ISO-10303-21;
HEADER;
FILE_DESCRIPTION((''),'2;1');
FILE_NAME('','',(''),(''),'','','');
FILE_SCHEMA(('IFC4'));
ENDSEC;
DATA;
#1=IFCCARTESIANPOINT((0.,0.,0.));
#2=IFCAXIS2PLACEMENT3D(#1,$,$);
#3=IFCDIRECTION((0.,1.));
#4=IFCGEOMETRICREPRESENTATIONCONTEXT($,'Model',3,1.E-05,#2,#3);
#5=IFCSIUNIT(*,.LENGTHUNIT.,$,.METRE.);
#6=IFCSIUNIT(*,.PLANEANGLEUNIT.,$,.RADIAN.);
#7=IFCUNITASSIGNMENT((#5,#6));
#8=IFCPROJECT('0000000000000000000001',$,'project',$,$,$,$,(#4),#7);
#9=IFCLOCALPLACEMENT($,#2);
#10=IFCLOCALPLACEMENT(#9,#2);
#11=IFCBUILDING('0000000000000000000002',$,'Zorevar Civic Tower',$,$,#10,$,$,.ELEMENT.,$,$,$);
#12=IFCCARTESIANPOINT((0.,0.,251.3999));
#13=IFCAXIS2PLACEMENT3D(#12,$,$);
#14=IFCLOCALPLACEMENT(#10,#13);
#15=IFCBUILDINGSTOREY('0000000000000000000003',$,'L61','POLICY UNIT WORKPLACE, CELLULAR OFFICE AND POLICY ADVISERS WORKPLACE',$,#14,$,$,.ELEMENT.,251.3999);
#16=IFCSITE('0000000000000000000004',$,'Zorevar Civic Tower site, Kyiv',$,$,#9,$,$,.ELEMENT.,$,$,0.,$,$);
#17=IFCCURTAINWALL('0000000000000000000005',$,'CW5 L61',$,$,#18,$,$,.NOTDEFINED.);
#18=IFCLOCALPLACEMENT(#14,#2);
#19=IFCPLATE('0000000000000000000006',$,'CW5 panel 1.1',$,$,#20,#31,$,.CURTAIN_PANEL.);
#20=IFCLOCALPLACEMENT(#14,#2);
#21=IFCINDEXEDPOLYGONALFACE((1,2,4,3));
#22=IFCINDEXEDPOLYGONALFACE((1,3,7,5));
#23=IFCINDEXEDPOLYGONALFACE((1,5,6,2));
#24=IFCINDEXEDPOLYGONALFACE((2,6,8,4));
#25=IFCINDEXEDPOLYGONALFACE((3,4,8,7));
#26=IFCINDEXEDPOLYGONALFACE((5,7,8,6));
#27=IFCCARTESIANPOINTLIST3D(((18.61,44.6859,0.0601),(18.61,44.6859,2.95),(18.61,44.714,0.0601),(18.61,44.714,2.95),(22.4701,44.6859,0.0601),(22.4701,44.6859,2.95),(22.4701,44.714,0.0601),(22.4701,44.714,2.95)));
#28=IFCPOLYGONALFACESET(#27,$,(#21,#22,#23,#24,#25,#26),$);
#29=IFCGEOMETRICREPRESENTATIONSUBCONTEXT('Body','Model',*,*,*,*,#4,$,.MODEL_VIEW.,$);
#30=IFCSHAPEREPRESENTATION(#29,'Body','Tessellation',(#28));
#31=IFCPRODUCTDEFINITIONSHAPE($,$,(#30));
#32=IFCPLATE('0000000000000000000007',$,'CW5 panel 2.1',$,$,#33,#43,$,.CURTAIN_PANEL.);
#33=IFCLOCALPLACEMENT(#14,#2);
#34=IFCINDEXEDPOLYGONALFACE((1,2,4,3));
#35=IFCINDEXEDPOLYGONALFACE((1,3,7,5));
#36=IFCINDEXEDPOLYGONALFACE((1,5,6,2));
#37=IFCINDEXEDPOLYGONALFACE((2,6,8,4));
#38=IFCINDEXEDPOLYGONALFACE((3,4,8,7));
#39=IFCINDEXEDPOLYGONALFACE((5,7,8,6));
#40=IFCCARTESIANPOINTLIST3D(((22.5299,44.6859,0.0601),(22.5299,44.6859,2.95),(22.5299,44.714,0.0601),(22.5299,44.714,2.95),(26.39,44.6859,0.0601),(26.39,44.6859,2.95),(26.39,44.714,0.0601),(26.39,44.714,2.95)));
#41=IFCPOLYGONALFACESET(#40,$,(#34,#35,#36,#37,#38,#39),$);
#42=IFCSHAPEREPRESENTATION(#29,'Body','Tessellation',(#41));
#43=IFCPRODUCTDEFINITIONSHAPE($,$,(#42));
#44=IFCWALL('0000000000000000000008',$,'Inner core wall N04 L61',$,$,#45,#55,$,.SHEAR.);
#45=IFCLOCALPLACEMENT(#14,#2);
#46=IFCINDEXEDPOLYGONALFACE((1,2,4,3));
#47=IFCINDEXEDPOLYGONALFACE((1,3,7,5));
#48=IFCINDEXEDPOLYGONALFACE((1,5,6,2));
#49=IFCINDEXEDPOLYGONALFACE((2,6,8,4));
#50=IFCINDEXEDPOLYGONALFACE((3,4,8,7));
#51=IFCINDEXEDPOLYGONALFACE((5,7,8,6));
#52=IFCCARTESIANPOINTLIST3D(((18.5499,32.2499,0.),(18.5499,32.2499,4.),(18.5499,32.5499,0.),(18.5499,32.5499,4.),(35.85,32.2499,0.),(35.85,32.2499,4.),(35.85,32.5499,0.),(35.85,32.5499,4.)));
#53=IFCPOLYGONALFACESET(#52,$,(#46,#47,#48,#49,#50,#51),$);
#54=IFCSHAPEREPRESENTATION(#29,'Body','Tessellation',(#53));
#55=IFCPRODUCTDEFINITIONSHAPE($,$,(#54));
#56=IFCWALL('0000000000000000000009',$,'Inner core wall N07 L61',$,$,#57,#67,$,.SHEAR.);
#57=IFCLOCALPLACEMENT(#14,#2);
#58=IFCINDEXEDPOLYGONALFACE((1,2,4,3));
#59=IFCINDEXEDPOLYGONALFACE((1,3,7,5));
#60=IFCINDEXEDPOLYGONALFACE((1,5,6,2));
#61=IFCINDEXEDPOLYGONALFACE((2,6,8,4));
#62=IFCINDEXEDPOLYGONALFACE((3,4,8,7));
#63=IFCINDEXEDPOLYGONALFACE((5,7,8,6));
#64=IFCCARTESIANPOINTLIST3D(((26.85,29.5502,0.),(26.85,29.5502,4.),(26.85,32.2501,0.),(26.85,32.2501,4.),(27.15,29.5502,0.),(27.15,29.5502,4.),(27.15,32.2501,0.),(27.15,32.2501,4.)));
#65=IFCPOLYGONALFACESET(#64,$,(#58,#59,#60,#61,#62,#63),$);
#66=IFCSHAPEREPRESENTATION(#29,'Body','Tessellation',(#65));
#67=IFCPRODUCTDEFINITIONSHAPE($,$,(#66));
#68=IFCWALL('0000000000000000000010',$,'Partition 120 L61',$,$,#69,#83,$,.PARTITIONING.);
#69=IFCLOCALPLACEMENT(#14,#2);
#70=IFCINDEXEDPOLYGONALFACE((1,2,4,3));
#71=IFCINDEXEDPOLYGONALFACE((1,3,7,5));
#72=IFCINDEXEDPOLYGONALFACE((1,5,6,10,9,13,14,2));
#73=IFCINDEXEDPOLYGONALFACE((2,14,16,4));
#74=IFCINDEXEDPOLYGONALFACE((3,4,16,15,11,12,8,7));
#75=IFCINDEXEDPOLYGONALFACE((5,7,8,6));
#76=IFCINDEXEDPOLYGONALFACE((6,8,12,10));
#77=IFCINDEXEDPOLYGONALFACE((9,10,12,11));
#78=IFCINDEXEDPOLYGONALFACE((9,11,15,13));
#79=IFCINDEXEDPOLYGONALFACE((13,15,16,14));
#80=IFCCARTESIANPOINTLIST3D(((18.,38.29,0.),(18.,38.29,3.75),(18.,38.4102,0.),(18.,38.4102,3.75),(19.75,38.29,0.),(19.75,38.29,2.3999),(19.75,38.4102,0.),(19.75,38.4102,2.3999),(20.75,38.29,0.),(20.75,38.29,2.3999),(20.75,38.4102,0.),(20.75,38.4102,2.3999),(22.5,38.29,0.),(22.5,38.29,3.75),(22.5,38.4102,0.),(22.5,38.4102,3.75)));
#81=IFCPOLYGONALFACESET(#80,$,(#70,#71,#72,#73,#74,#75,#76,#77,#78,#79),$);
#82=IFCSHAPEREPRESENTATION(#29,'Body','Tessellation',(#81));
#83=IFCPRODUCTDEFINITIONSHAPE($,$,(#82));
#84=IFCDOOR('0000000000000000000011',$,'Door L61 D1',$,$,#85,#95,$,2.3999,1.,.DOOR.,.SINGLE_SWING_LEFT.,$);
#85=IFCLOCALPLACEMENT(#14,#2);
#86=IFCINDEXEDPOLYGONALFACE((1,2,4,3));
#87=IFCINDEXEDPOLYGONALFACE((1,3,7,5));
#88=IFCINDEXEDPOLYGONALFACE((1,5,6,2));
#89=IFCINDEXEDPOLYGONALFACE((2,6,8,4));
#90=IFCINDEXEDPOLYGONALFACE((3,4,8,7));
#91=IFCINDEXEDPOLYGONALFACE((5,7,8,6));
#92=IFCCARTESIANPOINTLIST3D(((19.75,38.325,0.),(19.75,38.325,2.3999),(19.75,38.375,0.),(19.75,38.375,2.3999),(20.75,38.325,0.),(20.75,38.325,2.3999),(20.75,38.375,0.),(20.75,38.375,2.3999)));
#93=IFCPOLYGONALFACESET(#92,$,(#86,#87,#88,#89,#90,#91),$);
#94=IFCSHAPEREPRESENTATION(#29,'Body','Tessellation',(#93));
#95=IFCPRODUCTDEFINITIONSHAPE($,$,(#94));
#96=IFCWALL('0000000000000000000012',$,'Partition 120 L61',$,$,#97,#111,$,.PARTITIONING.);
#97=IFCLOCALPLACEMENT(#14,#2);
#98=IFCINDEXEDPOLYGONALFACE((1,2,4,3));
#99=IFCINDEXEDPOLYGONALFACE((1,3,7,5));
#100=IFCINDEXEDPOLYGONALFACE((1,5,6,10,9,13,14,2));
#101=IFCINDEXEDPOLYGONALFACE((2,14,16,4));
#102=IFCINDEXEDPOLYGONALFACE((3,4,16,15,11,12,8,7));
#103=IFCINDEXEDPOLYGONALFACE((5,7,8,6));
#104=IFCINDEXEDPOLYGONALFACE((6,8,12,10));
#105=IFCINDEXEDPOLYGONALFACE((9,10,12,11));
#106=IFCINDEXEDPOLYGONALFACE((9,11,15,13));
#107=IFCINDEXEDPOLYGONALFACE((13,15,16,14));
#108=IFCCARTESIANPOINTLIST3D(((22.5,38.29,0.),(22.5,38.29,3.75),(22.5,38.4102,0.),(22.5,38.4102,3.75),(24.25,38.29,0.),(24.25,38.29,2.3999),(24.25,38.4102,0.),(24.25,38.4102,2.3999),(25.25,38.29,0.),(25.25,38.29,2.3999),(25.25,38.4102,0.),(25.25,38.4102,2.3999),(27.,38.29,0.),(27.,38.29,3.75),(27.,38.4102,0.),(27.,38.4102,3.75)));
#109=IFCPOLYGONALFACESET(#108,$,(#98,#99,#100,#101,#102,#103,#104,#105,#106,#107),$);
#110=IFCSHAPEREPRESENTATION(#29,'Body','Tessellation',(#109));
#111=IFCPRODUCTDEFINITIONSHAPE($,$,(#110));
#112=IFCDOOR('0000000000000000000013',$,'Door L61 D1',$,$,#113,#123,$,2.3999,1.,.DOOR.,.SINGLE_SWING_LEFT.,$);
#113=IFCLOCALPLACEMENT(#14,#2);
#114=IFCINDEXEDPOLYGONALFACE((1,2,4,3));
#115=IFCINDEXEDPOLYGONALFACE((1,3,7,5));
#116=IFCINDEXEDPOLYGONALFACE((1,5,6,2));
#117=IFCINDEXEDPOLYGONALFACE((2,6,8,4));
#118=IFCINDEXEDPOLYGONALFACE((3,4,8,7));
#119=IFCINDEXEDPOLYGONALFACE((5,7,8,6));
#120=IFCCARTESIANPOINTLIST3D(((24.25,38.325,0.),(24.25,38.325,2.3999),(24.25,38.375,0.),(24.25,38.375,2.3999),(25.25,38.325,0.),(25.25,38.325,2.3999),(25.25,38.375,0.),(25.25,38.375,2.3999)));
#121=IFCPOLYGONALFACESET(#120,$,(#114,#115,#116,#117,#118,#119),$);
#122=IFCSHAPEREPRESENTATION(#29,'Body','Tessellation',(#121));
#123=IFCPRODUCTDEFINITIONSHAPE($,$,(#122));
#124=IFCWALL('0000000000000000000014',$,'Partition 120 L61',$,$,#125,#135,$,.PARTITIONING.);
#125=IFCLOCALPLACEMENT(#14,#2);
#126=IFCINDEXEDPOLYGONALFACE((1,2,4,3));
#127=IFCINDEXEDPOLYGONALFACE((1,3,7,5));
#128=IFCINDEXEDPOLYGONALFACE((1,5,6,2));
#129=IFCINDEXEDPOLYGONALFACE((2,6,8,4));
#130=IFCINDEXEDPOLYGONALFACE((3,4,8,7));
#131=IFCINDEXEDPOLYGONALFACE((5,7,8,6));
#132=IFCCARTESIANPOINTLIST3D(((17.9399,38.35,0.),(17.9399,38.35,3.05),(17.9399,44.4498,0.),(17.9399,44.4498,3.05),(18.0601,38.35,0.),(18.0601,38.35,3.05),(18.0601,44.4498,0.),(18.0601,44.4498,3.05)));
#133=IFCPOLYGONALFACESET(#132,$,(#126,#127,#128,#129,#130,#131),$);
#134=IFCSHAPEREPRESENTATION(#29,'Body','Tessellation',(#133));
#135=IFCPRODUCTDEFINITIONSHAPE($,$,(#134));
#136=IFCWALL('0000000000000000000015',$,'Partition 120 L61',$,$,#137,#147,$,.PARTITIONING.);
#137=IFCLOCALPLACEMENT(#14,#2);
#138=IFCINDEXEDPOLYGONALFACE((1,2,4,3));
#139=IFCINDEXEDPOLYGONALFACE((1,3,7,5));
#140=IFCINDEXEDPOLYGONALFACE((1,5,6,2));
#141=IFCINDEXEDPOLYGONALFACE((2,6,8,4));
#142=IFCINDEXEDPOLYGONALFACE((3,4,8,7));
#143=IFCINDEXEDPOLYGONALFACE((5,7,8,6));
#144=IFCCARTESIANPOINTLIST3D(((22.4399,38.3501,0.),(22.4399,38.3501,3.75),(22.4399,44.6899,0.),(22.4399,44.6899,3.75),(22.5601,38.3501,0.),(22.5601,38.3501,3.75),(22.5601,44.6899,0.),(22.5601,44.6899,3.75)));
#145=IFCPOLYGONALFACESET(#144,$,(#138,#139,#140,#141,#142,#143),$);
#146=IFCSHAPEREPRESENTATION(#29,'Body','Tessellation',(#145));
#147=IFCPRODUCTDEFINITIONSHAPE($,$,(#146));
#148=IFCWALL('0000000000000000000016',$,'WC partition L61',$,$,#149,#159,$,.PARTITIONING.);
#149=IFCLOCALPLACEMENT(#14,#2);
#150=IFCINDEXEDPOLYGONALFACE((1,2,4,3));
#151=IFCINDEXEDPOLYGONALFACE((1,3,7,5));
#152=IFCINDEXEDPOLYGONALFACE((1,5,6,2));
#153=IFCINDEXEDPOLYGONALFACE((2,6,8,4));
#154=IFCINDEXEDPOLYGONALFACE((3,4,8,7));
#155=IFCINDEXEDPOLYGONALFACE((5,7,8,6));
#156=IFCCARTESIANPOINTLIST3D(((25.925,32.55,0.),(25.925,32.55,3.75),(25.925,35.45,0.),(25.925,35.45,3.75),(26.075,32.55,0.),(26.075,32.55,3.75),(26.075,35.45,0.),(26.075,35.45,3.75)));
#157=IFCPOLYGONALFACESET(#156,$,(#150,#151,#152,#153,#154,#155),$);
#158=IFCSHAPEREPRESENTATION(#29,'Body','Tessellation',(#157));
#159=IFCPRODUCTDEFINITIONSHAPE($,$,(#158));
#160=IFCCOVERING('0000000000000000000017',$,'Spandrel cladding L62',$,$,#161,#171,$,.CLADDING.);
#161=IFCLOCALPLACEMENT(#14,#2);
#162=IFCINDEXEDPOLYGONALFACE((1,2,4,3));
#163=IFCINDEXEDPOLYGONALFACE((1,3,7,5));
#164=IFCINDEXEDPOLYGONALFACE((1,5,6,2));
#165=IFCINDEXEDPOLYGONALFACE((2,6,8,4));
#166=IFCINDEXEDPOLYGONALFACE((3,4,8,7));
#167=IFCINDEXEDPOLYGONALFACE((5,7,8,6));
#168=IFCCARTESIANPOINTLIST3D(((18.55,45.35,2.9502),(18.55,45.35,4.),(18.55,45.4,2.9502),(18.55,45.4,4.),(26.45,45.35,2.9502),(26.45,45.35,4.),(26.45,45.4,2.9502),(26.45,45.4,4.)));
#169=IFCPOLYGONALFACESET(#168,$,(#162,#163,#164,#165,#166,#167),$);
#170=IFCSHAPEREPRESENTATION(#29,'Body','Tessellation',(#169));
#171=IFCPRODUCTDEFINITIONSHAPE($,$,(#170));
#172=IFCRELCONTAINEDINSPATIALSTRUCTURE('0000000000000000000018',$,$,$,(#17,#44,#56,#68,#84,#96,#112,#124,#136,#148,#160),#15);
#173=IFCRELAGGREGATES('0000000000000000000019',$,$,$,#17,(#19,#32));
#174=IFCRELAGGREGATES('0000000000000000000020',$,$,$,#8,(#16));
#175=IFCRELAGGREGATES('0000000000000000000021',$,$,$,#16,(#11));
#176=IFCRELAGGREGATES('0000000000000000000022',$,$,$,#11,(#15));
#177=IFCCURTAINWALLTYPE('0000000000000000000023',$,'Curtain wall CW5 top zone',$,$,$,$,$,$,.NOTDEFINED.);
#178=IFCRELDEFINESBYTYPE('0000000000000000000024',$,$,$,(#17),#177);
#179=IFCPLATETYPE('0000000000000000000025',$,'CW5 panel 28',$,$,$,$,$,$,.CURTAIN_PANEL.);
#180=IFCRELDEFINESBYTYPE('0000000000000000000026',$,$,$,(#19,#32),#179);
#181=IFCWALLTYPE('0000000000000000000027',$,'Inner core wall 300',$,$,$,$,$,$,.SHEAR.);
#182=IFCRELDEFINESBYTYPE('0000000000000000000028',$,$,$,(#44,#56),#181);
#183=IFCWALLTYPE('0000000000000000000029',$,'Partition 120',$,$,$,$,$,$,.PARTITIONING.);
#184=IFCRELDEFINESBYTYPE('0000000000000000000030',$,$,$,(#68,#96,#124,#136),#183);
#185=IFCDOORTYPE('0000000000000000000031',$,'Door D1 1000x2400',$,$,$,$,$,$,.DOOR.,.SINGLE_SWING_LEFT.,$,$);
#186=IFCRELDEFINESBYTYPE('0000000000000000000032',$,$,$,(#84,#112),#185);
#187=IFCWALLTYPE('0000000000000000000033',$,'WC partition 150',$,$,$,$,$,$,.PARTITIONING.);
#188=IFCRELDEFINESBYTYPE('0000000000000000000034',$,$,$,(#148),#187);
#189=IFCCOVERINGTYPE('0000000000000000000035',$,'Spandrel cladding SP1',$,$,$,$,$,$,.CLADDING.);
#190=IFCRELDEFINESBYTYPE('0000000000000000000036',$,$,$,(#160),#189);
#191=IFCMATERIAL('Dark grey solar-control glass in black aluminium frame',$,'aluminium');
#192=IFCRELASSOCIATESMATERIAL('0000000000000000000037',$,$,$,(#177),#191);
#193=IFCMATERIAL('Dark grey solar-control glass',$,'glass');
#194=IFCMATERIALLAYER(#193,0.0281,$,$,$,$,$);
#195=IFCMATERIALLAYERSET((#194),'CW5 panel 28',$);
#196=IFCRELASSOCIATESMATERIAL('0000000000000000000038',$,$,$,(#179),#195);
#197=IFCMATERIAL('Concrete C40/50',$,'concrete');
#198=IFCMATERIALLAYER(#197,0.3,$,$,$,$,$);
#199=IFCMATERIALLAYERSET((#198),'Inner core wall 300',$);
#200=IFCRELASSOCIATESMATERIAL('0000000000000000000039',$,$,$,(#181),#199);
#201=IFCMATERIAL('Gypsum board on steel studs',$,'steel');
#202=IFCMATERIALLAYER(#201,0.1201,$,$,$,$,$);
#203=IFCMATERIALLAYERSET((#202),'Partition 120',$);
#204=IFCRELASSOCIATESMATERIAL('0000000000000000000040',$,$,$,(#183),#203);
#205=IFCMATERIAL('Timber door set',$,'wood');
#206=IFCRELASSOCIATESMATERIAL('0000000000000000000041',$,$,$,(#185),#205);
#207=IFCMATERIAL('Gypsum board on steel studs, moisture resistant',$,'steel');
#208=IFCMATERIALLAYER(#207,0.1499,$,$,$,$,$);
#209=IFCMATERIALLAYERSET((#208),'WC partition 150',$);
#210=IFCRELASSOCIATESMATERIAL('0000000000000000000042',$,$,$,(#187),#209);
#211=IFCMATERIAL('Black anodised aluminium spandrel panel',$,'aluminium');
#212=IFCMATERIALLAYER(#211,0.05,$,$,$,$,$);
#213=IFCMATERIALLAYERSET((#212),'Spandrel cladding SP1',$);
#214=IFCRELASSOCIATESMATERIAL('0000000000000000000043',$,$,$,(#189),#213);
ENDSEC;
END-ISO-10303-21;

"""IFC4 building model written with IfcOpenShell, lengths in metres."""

from ifc_helpers import new_model, si_unit, direction, frame, frame_2d, origin, origin_2d, place, context, subcontext, project, spatial, rectangle, extrude, material, layer, layer_set, type_object, element, fill, aggregate, save


model = new_model("IFC4")

# Units and contexts
model_context = context("Model", 3, precision=1e-05, world=origin(), true_north=direction((0.0, 1.0)))
body_context = subcontext(model_context, "Body", "Model", "MODEL_VIEW")
ifc_project = project(units=[si_unit("LENGTHUNIT", "METRE"), si_unit("PLANEANGLEUNIT", "RADIAN")], contexts=[model_context])

# Site, building, storey
site_placement = place(None, origin())
site = spatial("IfcSite", under=ifc_project, at=site_placement, Name="Zorevar Civic Tower site, Kyiv", CompositionType="ELEMENT", RefElevation=0.0)
building_placement = place(site_placement, origin())
building = spatial("IfcBuilding", under=site, at=building_placement, Name="Zorevar Civic Tower", CompositionType="ELEMENT")
storey_placement = place(building_placement, frame((0.0, 0.0, 251.3999)))
storey = spatial("IfcBuildingStorey", under=building, at=storey_placement, Name="L61", Description="POLICY UNIT WORKPLACE, CELLULAR OFFICE AND POLICY ADVISERS WORKPLACE", CompositionType="ELEMENT", Elevation=251.3999)

# Curtain wall
ifc_material_1 = material(Name="Dark grey solar-control glass in black aluminium frame", Category="aluminium")
curtain_wall_type = type_object("IfcCurtainWallType", Name="Curtain wall CW5 top zone", PredefinedType="NOTDEFINED", material=ifc_material_1)
curtain_wall_placement = place(storey_placement, origin())
curtain_wall = element("IfcCurtainWall", 1, at=curtain_wall_placement, inside=storey, type_object=curtain_wall_type, Name="CW5 L61", PredefinedType="NOTDEFINED")

# Plates
ifc_material_2 = material(Name="Dark grey solar-control glass", Category="glass")
ifc_layer_1 = layer(ifc_material_2, 0.0281)
ifc_layer_set_1 = layer_set([ifc_layer_1], Name="CW5 panel 28")
plate_type = type_object("IfcPlateType", Name="CW5 panel 28", PredefinedType="CURTAIN_PANEL", material=ifc_layer_set_1)
plate_1_placement = place(storey_placement, frame((20.54, 44.7, 0.0601), z_axis=(0.0, 0.0, 1.0), x_axis=(1.0, 0.0, 0.0)))
plate_1 = element("IfcPlate", 2, at=plate_1_placement, type_object=plate_type, Name="CW5 panel 1.1", PredefinedType="CURTAIN_PANEL", context=body_context, shape_type="SweptSolid", body=[
    extrude(rectangle(XDim=3.8601, YDim=0.0281, at=origin_2d()), origin(), (0.0, 0.0, 1.0), 2.8899),
])
plate_2_placement = place(storey_placement, frame((24.46, 44.7, 0.0601), z_axis=(0.0, 0.0, 1.0), x_axis=(1.0, 0.0, 0.0)))
plate_2 = element("IfcPlate", 3, at=plate_2_placement, type_object=plate_type, Name="CW5 panel 2.1", PredefinedType="CURTAIN_PANEL", context=body_context, shape_type="SweptSolid", body=[
    extrude(rectangle(XDim=3.8601, YDim=0.0281, at=origin_2d()), origin(), (0.0, 0.0, 1.0), 2.8899),
])
aggregate(curtain_wall, [plate_1, plate_2])

# Walls
ifc_material_3 = material(Name="Concrete C40/50", Category="concrete")
ifc_layer_2 = layer(ifc_material_3, 0.3)
ifc_layer_set_2 = layer_set([ifc_layer_2], Name="Inner core wall 300")
wall_type_1 = type_object("IfcWallType", Name="Inner core wall 300", PredefinedType="SHEAR", material=ifc_layer_set_2)
wall_1_placement = place(storey_placement, frame((18.55, 32.3999, 0.0), z_axis=(0.0, 0.0, 1.0), x_axis=(1.0, 0.0, 0.0)))
element("IfcWall", 4, at=wall_1_placement, inside=storey, type_object=wall_type_1, Name="Inner core wall N04 L61", PredefinedType="SHEAR", context=body_context, shape_type="SweptSolid", body=[
    extrude(rectangle(XDim=17.3, YDim=0.3, at=frame_2d((8.6499, 0.0))), origin(), (0.0, 0.0, 1.0), 4.0),
])
wall_2_placement = place(storey_placement, frame((27.0, 29.55, 0.0), z_axis=(0.0, 0.0, 1.0), x_axis=(0.0, 1.0, 0.0)))
element("IfcWall", 5, at=wall_2_placement, inside=storey, type_object=wall_type_1, Name="Inner core wall N07 L61", PredefinedType="SHEAR", context=body_context, shape_type="SweptSolid", body=[
    extrude(rectangle(XDim=2.7, YDim=0.3, at=frame_2d((1.3501, 0.0))), origin(), (0.0, 0.0, 1.0), 4.0),
])

# Walls, openings, doors
ifc_material_4 = material(Name="Gypsum board on steel studs", Category="steel")
ifc_layer_3 = layer(ifc_material_4, 0.1201)
ifc_layer_set_3 = layer_set([ifc_layer_3], Name="Partition 120")
wall_type_2 = type_object("IfcWallType", Name="Partition 120", PredefinedType="PARTITIONING", material=ifc_layer_set_3)
wall_3_placement = place(storey_placement, frame((18.0, 38.3501, 0.0), z_axis=(0.0, 0.0, 1.0), x_axis=(1.0, 0.0, 0.0)))
wall_3 = element("IfcWall", 6, at=wall_3_placement, inside=storey, type_object=wall_type_2, Name="Partition 120 L61", PredefinedType="PARTITIONING", context=body_context, shape_type="SweptSolid", body=[
    extrude(rectangle(XDim=4.5, YDim=0.1201, at=frame_2d((2.25, 0.0))), origin(), (0.0, 0.0, 1.0), 3.75),
])
opening_1_placement = place(wall_3_placement, frame((1.75, 0.0, 0.0)))
opening_1 = element("IfcOpeningElement", 7, at=opening_1_placement, cuts=wall_3, PredefinedType="OPENING", context=body_context, shape_type="SweptSolid", body=[
    extrude(rectangle(XDim=1.0, YDim=2.3999, at=frame_2d((0.5, 1.2))), frame((0.0, 0.0701, 0.0), z_axis=(0.0, -1.0, 0.0), x_axis=(1.0, 0.0, 0.0)), (0.0, 0.0, 1.0), 0.1401),
])
ifc_material_5 = material(Name="Timber door set", Category="wood")
door_type = type_object("IfcDoorType", Name="Door D1 1000x2400", OperationType="SINGLE_SWING_LEFT", PredefinedType="DOOR", material=ifc_material_5)
door_1_placement = place(opening_1_placement, origin())
door_1 = element("IfcDoor", 8, at=door_1_placement, inside=storey, type_object=door_type, Name="Door L61 D1", OperationType="SINGLE_SWING_LEFT", OverallHeight=2.3999, OverallWidth=1.0, PredefinedType="DOOR", context=body_context, shape_type="SweptSolid", body=[
    extrude(rectangle(XDim=1.0, YDim=2.3999, at=frame_2d((0.5, 1.2))), frame((0.0, 0.0249, 0.0), z_axis=(0.0, -1.0, 0.0), x_axis=(1.0, 0.0, 0.0)), (0.0, 0.0, 1.0), 0.05),
])
fill(opening_1, door_1)
wall_4_placement = place(storey_placement, frame((22.5, 38.3501, 0.0), z_axis=(0.0, 0.0, 1.0), x_axis=(1.0, 0.0, 0.0)))
wall_4 = element("IfcWall", 9, at=wall_4_placement, inside=storey, type_object=wall_type_2, Name="Partition 120 L61", PredefinedType="PARTITIONING", context=body_context, shape_type="SweptSolid", body=[
    extrude(rectangle(XDim=4.5, YDim=0.1201, at=frame_2d((2.25, 0.0))), origin(), (0.0, 0.0, 1.0), 3.75),
])
opening_2_placement = place(wall_4_placement, frame((1.75, 0.0, 0.0)))
opening_2 = element("IfcOpeningElement", 10, at=opening_2_placement, cuts=wall_4, PredefinedType="OPENING", context=body_context, shape_type="SweptSolid", body=[
    extrude(rectangle(XDim=1.0, YDim=2.3999, at=frame_2d((0.5, 1.2))), frame((0.0, 0.0701, 0.0), z_axis=(0.0, -1.0, 0.0), x_axis=(1.0, 0.0, 0.0)), (0.0, 0.0, 1.0), 0.1401),
])
door_2_placement = place(opening_2_placement, origin())
door_2 = element("IfcDoor", 11, at=door_2_placement, inside=storey, type_object=door_type, Name="Door L61 D1", OperationType="SINGLE_SWING_LEFT", OverallHeight=2.3999, OverallWidth=1.0, PredefinedType="DOOR", context=body_context, shape_type="SweptSolid", body=[
    extrude(rectangle(XDim=1.0, YDim=2.3999, at=frame_2d((0.5, 1.2))), frame((0.0, 0.0249, 0.0), z_axis=(0.0, -1.0, 0.0), x_axis=(1.0, 0.0, 0.0)), (0.0, 0.0, 1.0), 0.05),
])
fill(opening_2, door_2)

# Walls
wall_5_placement = place(storey_placement, frame((18.0, 38.3501, 0.0), z_axis=(0.0, 0.0, 1.0), x_axis=(0.0, 1.0, 0.0)))
element("IfcWall", 12, at=wall_5_placement, inside=storey, type_object=wall_type_2, Name="Partition 120 L61", PredefinedType="PARTITIONING", context=body_context, shape_type="SweptSolid", body=[
    extrude(rectangle(XDim=6.0999, YDim=0.1201, at=frame_2d((3.0498, 0.0))), origin(), (0.0, 0.0, 1.0), 3.05),
])
wall_6_placement = place(storey_placement, frame((22.5, 38.3501, 0.0), z_axis=(0.0, 0.0, 1.0), x_axis=(0.0, 1.0, 0.0)))
element("IfcWall", 13, at=wall_6_placement, inside=storey, type_object=wall_type_2, Name="Partition 120 L61", PredefinedType="PARTITIONING", context=body_context, shape_type="SweptSolid", body=[
    extrude(rectangle(XDim=6.3398, YDim=0.1201, at=frame_2d((3.1699, 0.0))), origin(), (0.0, 0.0, 1.0), 3.75),
])
ifc_material_6 = material(Name="Gypsum board on steel studs, moisture resistant", Category="steel")
ifc_layer_4 = layer(ifc_material_6, 0.1499)
ifc_layer_set_4 = layer_set([ifc_layer_4], Name="WC partition 150")
wall_type_3 = type_object("IfcWallType", Name="WC partition 150", PredefinedType="PARTITIONING", material=ifc_layer_set_4)
wall_7_placement = place(storey_placement, frame((26.0, 32.55, 0.0), z_axis=(0.0, 0.0, 1.0), x_axis=(0.0, 1.0, 0.0)))
element("IfcWall", 14, at=wall_7_placement, inside=storey, type_object=wall_type_3, Name="WC partition L61", PredefinedType="PARTITIONING", context=body_context, shape_type="SweptSolid", body=[
    extrude(rectangle(XDim=2.8999, YDim=0.1499, at=frame_2d((1.45, 0.0))), origin(), (0.0, 0.0, 1.0), 3.75),
])

# Covering
ifc_material_7 = material(Name="Black anodised aluminium spandrel panel", Category="aluminium")
ifc_layer_5 = layer(ifc_material_7, 0.05)
ifc_layer_set_5 = layer_set([ifc_layer_5], Name="Spandrel cladding SP1")
covering_type = type_object("IfcCoveringType", Name="Spandrel cladding SP1", PredefinedType="CLADDING", material=ifc_layer_set_5)
covering_placement = place(storey_placement, frame((18.55, 45.375, 2.9502), z_axis=(0.0, 0.0, 1.0), x_axis=(1.0, 0.0, 0.0)))
element("IfcCovering", 15, at=covering_placement, inside=storey, type_object=covering_type, Name="Spandrel cladding L62", PredefinedType="CLADDING", context=body_context, shape_type="SweptSolid", body=[
    extrude(rectangle(XDim=7.8999, YDim=0.05, at=frame_2d((3.95, 0.0))), origin(), (0.0, 0.0, 1.0), 1.0498),
])

save(model, "model.ifc")
